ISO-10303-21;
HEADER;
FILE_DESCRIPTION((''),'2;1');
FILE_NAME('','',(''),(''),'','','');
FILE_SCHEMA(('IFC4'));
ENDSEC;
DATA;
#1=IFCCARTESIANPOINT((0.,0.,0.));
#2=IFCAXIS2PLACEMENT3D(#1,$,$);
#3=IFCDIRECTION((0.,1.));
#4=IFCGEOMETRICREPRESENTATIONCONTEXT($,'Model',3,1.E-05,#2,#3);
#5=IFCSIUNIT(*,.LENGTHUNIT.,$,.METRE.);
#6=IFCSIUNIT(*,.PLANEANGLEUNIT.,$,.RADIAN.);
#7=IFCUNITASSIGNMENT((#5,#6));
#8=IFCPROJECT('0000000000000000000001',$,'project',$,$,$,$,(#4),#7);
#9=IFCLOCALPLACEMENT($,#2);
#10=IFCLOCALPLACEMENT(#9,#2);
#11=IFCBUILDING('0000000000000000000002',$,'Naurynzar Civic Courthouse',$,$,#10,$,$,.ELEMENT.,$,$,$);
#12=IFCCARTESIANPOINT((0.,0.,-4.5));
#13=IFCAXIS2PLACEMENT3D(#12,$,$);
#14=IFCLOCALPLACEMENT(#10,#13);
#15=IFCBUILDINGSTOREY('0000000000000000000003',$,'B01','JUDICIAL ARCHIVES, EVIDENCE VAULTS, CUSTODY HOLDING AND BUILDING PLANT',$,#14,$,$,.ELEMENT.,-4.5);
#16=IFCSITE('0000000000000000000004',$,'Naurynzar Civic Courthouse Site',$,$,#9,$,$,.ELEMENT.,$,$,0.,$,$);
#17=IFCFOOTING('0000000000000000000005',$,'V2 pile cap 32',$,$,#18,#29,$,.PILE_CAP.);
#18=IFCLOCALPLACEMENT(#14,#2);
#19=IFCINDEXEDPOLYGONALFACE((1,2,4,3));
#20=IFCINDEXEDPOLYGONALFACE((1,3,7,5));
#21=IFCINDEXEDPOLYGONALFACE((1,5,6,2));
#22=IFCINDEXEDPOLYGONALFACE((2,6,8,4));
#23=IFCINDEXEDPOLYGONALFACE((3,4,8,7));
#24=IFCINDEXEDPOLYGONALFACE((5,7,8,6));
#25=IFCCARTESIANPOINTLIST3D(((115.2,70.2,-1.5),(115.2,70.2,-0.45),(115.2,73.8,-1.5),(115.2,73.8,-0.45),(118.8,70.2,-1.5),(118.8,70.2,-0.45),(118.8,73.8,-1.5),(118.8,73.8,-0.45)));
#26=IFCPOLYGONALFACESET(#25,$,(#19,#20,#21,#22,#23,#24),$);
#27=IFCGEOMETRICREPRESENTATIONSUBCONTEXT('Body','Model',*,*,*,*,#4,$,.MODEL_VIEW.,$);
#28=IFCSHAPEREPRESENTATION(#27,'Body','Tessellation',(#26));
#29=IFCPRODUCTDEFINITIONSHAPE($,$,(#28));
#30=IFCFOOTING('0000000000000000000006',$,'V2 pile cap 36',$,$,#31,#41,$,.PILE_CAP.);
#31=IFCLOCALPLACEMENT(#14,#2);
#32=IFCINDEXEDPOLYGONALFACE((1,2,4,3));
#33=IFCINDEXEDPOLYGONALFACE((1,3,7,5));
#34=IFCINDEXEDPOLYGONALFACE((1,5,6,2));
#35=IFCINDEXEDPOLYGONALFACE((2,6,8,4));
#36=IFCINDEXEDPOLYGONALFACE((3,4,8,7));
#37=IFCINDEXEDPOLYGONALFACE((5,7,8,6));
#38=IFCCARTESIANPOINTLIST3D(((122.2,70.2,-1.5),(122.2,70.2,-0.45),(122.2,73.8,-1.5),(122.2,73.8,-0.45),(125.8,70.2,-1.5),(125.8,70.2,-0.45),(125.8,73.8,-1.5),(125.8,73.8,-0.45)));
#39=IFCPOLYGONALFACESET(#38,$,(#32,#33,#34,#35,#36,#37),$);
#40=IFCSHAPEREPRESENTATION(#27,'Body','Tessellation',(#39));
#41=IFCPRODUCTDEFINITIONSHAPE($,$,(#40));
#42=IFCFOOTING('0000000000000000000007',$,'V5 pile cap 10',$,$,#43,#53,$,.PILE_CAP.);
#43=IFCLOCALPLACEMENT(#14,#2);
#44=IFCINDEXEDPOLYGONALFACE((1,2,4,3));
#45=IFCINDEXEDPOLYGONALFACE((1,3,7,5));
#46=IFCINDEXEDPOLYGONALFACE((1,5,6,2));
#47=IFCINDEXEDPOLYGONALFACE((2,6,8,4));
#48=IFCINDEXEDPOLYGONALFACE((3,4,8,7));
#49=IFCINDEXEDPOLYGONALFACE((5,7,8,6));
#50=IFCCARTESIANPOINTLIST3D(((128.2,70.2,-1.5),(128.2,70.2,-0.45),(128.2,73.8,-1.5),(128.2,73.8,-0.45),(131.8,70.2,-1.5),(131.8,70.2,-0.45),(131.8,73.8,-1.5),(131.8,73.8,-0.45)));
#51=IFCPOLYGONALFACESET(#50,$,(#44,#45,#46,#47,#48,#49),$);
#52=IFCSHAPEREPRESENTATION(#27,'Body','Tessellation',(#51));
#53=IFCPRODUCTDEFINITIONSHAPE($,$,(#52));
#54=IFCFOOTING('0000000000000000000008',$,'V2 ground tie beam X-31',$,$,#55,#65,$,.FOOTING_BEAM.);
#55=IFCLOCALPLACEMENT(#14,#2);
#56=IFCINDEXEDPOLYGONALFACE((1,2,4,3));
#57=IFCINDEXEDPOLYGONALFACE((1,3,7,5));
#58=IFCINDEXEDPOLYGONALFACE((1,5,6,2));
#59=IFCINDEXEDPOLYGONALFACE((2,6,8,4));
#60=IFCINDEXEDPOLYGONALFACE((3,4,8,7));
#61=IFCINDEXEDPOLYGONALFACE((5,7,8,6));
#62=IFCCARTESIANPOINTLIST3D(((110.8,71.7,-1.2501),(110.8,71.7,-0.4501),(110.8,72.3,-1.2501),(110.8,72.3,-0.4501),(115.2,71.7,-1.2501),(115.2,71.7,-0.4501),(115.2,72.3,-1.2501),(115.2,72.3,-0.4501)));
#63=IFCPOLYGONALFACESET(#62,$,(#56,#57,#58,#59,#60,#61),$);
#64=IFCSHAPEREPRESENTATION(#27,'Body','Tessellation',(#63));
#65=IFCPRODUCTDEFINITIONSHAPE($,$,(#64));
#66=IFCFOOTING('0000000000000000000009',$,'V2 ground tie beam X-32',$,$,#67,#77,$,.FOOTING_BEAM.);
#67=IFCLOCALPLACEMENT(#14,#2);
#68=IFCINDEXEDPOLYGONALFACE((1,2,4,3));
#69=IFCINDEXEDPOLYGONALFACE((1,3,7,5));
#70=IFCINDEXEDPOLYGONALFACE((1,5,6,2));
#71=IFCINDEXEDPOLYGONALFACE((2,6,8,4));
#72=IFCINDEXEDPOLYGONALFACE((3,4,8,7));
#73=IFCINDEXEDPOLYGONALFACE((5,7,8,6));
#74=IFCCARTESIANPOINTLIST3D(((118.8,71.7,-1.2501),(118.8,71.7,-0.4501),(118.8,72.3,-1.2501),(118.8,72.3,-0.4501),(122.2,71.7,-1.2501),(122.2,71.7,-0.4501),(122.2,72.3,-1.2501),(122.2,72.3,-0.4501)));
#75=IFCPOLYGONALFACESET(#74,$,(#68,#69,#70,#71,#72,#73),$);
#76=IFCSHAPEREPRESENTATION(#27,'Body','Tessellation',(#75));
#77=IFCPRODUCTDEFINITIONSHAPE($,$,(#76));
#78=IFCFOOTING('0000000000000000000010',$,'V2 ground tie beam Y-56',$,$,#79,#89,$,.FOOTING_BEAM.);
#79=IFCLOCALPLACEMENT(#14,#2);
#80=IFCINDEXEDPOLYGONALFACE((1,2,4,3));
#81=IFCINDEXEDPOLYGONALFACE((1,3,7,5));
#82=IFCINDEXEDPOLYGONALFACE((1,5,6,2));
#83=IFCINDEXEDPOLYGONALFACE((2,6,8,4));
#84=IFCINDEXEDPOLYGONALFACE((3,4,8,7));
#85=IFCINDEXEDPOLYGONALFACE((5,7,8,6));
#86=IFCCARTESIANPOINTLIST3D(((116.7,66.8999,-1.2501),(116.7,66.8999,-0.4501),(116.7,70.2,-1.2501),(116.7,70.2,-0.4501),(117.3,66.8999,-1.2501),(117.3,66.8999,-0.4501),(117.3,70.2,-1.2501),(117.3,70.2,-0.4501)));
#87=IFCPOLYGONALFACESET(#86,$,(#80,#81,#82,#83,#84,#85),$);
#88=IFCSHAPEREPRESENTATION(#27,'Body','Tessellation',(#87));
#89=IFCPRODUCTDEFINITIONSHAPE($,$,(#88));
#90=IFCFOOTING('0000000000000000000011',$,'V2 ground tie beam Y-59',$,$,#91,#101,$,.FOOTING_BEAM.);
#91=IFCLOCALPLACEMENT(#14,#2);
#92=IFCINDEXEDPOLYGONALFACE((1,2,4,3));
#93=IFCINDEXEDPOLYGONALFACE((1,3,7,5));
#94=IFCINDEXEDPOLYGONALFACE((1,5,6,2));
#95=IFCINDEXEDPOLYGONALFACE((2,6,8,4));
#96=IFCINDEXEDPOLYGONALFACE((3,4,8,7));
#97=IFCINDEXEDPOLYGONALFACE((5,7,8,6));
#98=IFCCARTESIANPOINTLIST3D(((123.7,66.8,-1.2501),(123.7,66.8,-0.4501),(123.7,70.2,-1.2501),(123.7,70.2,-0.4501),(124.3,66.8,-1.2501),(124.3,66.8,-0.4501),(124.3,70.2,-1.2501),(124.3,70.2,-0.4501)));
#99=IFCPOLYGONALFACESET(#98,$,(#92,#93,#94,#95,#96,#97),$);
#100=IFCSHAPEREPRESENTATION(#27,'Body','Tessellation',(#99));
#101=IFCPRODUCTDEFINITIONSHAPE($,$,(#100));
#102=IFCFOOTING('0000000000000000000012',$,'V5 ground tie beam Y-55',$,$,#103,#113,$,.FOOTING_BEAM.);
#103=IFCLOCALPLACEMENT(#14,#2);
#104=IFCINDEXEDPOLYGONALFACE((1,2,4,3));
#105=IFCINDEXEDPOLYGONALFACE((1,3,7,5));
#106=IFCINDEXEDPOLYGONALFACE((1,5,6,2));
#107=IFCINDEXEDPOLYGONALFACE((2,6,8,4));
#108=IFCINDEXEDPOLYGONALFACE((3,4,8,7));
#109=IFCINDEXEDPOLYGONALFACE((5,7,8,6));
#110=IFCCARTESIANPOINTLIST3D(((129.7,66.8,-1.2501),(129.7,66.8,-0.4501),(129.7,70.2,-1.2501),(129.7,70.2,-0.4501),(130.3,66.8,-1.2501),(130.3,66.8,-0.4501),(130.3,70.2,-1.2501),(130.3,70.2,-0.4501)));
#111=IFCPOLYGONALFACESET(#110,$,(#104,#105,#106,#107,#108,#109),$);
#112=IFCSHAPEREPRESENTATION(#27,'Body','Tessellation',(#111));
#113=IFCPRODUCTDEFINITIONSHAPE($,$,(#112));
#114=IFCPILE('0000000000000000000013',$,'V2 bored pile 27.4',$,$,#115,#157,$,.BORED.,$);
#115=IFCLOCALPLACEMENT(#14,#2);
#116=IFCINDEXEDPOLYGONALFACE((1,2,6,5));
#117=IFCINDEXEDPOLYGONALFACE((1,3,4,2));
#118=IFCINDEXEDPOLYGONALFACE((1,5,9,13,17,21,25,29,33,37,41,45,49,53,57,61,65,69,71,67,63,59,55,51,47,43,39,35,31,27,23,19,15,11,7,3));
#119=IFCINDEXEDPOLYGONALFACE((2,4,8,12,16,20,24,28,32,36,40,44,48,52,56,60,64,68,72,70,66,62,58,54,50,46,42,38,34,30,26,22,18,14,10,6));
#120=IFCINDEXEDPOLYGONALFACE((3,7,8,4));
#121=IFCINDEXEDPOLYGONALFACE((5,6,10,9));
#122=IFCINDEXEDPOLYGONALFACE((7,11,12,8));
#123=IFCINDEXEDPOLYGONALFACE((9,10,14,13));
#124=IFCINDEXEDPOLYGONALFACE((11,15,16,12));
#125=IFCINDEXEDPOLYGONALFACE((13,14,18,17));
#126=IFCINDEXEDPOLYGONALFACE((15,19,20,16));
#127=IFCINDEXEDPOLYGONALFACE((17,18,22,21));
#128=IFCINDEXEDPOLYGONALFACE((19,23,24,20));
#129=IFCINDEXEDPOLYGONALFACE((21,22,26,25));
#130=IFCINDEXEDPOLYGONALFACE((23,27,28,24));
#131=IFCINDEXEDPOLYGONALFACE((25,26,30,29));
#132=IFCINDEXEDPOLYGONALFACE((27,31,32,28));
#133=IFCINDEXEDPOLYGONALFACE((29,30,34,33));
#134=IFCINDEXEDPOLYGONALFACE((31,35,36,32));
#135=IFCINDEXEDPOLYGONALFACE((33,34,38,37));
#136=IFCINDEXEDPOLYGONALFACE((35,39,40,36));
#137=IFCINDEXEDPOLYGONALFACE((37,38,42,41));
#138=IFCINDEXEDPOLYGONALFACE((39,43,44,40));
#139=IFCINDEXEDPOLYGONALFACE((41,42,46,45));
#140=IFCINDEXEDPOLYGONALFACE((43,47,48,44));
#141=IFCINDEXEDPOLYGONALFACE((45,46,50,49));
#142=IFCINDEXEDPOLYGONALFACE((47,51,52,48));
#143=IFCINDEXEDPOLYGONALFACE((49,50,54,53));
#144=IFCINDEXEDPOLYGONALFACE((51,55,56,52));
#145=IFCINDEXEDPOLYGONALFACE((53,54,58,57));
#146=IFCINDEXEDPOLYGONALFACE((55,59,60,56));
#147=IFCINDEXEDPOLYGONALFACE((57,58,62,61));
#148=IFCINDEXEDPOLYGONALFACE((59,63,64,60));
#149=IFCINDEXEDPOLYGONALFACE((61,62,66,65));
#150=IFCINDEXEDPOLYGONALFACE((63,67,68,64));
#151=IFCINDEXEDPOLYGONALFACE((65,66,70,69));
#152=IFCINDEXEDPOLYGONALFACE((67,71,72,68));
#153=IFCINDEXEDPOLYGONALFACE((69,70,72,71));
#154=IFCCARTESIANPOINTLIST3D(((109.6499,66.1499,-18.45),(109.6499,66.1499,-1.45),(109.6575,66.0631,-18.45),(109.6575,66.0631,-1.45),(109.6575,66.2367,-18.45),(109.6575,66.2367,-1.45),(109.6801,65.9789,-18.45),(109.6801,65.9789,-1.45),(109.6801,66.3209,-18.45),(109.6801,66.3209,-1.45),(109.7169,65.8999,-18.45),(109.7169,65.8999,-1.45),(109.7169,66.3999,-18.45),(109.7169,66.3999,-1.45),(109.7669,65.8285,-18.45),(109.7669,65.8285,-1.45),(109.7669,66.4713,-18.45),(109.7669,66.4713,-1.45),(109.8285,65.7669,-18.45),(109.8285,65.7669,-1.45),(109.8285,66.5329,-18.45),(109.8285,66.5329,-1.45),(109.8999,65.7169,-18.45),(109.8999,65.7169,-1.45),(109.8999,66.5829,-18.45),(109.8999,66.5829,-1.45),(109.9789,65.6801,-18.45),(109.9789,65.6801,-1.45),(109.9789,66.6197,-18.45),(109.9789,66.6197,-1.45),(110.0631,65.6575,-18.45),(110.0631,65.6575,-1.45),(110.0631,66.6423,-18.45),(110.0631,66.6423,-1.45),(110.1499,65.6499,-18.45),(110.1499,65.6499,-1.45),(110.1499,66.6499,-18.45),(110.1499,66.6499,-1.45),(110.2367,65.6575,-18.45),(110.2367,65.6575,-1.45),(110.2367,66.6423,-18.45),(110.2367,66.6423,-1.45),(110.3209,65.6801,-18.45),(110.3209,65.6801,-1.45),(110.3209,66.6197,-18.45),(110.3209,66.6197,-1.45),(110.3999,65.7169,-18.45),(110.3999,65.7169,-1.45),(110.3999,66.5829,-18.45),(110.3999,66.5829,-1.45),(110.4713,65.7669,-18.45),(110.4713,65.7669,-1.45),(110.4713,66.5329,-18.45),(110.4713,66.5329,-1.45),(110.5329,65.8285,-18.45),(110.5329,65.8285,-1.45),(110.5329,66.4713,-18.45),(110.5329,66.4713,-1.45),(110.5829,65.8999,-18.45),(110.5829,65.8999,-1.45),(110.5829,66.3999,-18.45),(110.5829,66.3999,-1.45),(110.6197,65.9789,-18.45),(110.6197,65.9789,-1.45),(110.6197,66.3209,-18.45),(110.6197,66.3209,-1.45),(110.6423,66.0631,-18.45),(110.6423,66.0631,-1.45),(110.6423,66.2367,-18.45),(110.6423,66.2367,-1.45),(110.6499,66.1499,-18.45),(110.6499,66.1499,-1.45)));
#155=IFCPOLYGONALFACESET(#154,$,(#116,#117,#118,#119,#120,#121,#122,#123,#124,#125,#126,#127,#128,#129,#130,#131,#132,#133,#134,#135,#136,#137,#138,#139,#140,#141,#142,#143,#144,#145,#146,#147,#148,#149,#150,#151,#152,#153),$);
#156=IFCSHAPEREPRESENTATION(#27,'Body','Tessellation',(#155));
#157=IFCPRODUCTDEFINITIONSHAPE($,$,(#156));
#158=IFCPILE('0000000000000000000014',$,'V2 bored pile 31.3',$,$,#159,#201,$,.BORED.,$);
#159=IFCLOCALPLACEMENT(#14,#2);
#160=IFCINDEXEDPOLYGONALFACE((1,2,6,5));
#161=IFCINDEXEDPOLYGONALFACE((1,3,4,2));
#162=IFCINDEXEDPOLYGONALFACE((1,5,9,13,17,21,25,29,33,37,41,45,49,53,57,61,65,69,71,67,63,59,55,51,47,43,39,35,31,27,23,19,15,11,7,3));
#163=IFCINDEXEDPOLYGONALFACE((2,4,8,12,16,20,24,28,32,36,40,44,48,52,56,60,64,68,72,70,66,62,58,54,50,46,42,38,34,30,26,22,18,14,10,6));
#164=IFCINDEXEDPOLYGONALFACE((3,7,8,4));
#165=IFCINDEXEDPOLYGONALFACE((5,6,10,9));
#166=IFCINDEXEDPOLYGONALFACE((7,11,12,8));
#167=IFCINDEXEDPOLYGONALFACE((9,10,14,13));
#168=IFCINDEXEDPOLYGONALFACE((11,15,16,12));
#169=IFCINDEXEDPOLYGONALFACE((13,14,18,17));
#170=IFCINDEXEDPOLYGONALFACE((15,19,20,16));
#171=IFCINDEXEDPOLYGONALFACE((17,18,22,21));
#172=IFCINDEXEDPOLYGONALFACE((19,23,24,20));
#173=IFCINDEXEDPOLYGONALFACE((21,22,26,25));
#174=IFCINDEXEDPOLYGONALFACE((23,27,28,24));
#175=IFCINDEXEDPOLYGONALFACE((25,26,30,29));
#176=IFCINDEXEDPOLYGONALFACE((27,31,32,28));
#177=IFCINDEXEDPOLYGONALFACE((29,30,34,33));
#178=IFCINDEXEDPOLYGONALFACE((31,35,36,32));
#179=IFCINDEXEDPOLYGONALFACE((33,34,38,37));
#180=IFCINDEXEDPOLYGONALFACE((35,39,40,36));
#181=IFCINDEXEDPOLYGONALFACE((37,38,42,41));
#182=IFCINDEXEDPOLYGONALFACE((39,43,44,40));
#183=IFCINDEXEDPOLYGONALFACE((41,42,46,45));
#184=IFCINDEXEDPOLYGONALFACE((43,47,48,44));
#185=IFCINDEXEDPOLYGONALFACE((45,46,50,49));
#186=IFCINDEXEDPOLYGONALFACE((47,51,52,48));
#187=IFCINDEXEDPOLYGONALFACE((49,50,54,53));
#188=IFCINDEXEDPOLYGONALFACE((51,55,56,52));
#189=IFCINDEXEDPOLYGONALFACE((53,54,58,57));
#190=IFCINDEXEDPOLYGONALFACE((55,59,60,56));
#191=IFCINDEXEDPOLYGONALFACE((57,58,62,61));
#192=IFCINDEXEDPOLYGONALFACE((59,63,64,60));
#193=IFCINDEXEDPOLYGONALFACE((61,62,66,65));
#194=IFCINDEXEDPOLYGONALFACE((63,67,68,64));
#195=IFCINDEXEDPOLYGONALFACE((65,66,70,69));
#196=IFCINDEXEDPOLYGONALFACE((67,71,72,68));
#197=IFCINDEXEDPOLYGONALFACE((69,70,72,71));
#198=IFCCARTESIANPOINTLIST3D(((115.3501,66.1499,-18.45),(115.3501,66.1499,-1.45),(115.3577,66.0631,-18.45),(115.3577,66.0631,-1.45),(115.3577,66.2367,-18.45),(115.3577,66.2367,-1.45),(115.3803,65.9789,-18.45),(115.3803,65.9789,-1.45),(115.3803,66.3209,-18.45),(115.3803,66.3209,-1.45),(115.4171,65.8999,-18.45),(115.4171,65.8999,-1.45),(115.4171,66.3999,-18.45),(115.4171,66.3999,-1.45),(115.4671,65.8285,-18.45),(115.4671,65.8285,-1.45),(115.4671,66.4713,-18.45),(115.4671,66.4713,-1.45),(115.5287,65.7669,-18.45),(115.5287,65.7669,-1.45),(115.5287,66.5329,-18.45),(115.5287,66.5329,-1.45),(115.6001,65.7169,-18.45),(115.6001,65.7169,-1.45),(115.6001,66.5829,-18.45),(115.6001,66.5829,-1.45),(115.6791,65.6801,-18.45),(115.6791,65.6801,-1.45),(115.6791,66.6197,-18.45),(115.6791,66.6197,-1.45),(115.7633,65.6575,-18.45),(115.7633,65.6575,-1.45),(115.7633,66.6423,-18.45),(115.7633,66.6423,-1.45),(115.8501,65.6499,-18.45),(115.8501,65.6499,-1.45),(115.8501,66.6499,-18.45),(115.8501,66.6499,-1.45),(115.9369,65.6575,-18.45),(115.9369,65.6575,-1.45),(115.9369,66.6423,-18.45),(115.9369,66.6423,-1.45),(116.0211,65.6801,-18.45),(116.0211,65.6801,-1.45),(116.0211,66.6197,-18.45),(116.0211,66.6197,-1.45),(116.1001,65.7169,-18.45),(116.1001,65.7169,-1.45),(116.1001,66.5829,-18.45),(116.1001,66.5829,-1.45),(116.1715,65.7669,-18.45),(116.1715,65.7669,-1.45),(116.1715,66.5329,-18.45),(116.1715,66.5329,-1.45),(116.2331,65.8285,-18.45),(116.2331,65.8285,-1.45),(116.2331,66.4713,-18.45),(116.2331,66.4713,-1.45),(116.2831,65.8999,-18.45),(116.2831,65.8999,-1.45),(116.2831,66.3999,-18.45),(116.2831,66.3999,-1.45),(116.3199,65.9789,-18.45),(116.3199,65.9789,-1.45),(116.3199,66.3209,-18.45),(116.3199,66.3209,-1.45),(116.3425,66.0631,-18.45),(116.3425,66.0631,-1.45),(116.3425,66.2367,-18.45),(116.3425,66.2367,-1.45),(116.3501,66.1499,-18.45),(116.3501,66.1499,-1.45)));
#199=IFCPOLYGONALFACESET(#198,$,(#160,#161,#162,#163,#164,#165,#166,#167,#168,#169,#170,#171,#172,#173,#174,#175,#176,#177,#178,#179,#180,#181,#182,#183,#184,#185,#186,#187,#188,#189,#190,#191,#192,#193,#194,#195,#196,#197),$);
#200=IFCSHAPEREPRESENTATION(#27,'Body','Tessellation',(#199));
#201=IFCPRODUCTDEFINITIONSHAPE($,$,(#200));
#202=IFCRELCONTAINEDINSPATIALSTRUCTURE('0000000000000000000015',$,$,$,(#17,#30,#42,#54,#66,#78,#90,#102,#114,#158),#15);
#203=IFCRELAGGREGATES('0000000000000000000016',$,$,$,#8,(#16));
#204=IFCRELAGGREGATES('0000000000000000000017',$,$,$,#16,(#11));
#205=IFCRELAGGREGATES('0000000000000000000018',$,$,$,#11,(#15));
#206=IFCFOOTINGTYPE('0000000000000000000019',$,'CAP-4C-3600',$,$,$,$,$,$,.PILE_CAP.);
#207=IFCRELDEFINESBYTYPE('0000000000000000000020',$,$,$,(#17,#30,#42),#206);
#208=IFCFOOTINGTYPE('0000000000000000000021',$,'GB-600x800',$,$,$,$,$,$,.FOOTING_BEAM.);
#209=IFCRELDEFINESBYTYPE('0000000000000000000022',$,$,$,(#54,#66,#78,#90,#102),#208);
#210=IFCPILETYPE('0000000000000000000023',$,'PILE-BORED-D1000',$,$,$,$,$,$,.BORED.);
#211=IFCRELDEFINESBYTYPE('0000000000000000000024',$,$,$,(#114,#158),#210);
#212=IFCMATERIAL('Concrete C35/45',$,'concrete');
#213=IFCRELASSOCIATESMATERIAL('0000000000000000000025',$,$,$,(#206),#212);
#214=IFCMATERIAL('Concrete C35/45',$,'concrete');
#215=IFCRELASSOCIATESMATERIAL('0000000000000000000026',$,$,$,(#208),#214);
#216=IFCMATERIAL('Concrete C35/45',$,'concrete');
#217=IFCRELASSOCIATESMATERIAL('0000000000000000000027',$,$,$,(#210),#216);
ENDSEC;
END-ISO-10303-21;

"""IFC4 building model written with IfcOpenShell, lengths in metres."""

from ifc_helpers import new_model, si_unit, direction, frame, origin, origin_2d, place, context, subcontext, project, spatial, rectangle, circle, extrude, material, material_profile, profile_set, type_object, element, save


model = new_model("IFC4")

# Units and contexts
model_context = context("Model", 3, precision=1e-05, world=origin(), true_north=direction((0.0, 1.0)))
body_context = subcontext(model_context, "Body", "Model", "MODEL_VIEW")
ifc_project = project(units=[si_unit("LENGTHUNIT", "METRE"), si_unit("PLANEANGLEUNIT", "RADIAN")], contexts=[model_context])

# Site, building, storey
site_placement = place(None, origin())
site = spatial("IfcSite", under=ifc_project, at=site_placement, Name="Naurynzar Civic Courthouse Site", CompositionType="ELEMENT", RefElevation=0.0)
building_placement = place(site_placement, origin())
building = spatial("IfcBuilding", under=site, at=building_placement, Name="Naurynzar Civic Courthouse", CompositionType="ELEMENT")
storey_placement = place(building_placement, frame((0.0, 0.0, -4.5)))
storey = spatial("IfcBuildingStorey", under=building, at=storey_placement, Name="B01", Description="JUDICIAL ARCHIVES, EVIDENCE VAULTS, CUSTODY HOLDING AND BUILDING PLANT", CompositionType="ELEMENT", Elevation=-4.5)

# Footings
ifc_material_1 = material(Name="Concrete C35/45", Category="concrete")
footing_type_1 = type_object("IfcFootingType", Name="CAP-4C-3600", PredefinedType="PILE_CAP", material=ifc_material_1)
for number, where, z_axis, x_axis, name in (
    (1, (117.0, 72.0, -1.5), (0.0, 0.0, 1.0), (1.0, 0.0, 0.0), "V2 pile cap 32"),
    (2, (124.0, 72.0, -1.5), (0.0, 0.0, 1.0), (1.0, 0.0, 0.0), "V2 pile cap 36"),
    (3, (130.0, 72.0, -1.5), (0.0, 0.0, 1.0), (1.0, 0.0, 0.0), "V5 pile cap 10"),
):
    element("IfcFooting", number, at=place(storey_placement, frame(where, z_axis=z_axis, x_axis=x_axis)), inside=storey, type_object=footing_type_1, Name=name, PredefinedType="PILE_CAP", context=body_context, shape_type="SweptSolid", body=[
        extrude(rectangle(XDim=3.6001, YDim=3.6001, at=origin_2d()), origin(), (0.0, 0.0, 1.0), 1.05),
    ])
ifc_material_2 = material(Name="Concrete C35/45", Category="concrete")
ifc_material_profile_1 = material_profile(ifc_material_2, rectangle(XDim=0.6001, YDim=0.8, at=origin_2d()), Name="GB 600x800")
ifc_profile_set_1 = profile_set([ifc_material_profile_1], Name="Concrete C35/45")
footing_type_2 = type_object("IfcFootingType", Name="GB-600x800", PredefinedType="FOOTING_BEAM", material=ifc_profile_set_1)
footing_1_placement = place(storey_placement, frame((110.8, 72.0, -0.8501), z_axis=(1.0, 0.0, 0.0), x_axis=(0.0, 1.0, 0.0)))
element("IfcFooting", 4, at=footing_1_placement, inside=storey, type_object=footing_type_2, Name="V2 ground tie beam X-31", PredefinedType="FOOTING_BEAM", context=body_context, shape_type="SweptSolid", body=[
    extrude(rectangle(XDim=0.6001, YDim=0.8, at=origin_2d()), origin(), (0.0, 0.0, 1.0), 4.3999),
])
footing_2_placement = place(storey_placement, frame((118.8, 72.0, -0.8501), z_axis=(1.0, 0.0, 0.0), x_axis=(0.0, 1.0, 0.0)))
element("IfcFooting", 5, at=footing_2_placement, inside=storey, type_object=footing_type_2, Name="V2 ground tie beam X-32", PredefinedType="FOOTING_BEAM", context=body_context, shape_type="SweptSolid", body=[
    extrude(rectangle(XDim=0.6001, YDim=0.8, at=origin_2d()), origin(), (0.0, 0.0, 1.0), 3.3999),
])
footing_3_placement = place(storey_placement, frame((117.0, 66.8999, -0.8501), z_axis=(0.0, 1.0, 0.0), x_axis=(-1.0, 0.0, 0.0)))
element("IfcFooting", 6, at=footing_3_placement, inside=storey, type_object=footing_type_2, Name="V2 ground tie beam Y-56", PredefinedType="FOOTING_BEAM", context=body_context, shape_type="SweptSolid", body=[
    extrude(rectangle(XDim=0.6001, YDim=0.8, at=origin_2d()), origin(), (0.0, 0.0, 1.0), 3.3),
])
for number, where, z_axis, x_axis, name in (
    (7, (124.0, 66.8, -0.8501), (0.0, 1.0, 0.0), (-1.0, 0.0, 0.0), "V2 ground tie beam Y-59"),
    (8, (130.0, 66.8, -0.8501), (0.0, 1.0, 0.0), (-1.0, 0.0, 0.0), "V5 ground tie beam Y-55"),
):
    element("IfcFooting", number, at=place(storey_placement, frame(where, z_axis=z_axis, x_axis=x_axis)), inside=storey, type_object=footing_type_2, Name=name, PredefinedType="FOOTING_BEAM", context=body_context, shape_type="SweptSolid", body=[
        extrude(rectangle(XDim=0.6001, YDim=0.8, at=origin_2d()), origin(), (0.0, 0.0, 1.0), 3.3999),
    ])

# Piles
ifc_material_3 = material(Name="Concrete C35/45", Category="concrete")
ifc_material_profile_2 = material_profile(ifc_material_3, circle(Radius=0.5, at=origin_2d()), Name="PILE D1000")
ifc_profile_set_2 = profile_set([ifc_material_profile_2], Name="Concrete C35/45")
pile_type_1 = type_object("IfcPileType", Name="PILE-BORED-D1000", PredefinedType="BORED", material=ifc_profile_set_2)
for number, where, z_axis, x_axis, name in (
    (9, (110.1499, 66.1499, -1.45), (0.0, 0.0, -1.0), (1.0, 0.0, 0.0), "V2 bored pile 27.4"),
    (10, (115.8501, 66.1499, -1.45), (0.0, 0.0, -1.0), (1.0, 0.0, 0.0), "V2 bored pile 31.3"),
):
    element("IfcPile", number, at=place(storey_placement, frame(where, z_axis=z_axis, x_axis=x_axis)), inside=storey, type_object=pile_type_1, Name=name, PredefinedType="BORED", context=body_context, shape_type="SweptSolid", body=[
        extrude(circle(Radius=0.5, at=origin_2d()), origin(), (0.0, 0.0, 1.0), 17.0),
    ])

save(model, "model.ifc")
